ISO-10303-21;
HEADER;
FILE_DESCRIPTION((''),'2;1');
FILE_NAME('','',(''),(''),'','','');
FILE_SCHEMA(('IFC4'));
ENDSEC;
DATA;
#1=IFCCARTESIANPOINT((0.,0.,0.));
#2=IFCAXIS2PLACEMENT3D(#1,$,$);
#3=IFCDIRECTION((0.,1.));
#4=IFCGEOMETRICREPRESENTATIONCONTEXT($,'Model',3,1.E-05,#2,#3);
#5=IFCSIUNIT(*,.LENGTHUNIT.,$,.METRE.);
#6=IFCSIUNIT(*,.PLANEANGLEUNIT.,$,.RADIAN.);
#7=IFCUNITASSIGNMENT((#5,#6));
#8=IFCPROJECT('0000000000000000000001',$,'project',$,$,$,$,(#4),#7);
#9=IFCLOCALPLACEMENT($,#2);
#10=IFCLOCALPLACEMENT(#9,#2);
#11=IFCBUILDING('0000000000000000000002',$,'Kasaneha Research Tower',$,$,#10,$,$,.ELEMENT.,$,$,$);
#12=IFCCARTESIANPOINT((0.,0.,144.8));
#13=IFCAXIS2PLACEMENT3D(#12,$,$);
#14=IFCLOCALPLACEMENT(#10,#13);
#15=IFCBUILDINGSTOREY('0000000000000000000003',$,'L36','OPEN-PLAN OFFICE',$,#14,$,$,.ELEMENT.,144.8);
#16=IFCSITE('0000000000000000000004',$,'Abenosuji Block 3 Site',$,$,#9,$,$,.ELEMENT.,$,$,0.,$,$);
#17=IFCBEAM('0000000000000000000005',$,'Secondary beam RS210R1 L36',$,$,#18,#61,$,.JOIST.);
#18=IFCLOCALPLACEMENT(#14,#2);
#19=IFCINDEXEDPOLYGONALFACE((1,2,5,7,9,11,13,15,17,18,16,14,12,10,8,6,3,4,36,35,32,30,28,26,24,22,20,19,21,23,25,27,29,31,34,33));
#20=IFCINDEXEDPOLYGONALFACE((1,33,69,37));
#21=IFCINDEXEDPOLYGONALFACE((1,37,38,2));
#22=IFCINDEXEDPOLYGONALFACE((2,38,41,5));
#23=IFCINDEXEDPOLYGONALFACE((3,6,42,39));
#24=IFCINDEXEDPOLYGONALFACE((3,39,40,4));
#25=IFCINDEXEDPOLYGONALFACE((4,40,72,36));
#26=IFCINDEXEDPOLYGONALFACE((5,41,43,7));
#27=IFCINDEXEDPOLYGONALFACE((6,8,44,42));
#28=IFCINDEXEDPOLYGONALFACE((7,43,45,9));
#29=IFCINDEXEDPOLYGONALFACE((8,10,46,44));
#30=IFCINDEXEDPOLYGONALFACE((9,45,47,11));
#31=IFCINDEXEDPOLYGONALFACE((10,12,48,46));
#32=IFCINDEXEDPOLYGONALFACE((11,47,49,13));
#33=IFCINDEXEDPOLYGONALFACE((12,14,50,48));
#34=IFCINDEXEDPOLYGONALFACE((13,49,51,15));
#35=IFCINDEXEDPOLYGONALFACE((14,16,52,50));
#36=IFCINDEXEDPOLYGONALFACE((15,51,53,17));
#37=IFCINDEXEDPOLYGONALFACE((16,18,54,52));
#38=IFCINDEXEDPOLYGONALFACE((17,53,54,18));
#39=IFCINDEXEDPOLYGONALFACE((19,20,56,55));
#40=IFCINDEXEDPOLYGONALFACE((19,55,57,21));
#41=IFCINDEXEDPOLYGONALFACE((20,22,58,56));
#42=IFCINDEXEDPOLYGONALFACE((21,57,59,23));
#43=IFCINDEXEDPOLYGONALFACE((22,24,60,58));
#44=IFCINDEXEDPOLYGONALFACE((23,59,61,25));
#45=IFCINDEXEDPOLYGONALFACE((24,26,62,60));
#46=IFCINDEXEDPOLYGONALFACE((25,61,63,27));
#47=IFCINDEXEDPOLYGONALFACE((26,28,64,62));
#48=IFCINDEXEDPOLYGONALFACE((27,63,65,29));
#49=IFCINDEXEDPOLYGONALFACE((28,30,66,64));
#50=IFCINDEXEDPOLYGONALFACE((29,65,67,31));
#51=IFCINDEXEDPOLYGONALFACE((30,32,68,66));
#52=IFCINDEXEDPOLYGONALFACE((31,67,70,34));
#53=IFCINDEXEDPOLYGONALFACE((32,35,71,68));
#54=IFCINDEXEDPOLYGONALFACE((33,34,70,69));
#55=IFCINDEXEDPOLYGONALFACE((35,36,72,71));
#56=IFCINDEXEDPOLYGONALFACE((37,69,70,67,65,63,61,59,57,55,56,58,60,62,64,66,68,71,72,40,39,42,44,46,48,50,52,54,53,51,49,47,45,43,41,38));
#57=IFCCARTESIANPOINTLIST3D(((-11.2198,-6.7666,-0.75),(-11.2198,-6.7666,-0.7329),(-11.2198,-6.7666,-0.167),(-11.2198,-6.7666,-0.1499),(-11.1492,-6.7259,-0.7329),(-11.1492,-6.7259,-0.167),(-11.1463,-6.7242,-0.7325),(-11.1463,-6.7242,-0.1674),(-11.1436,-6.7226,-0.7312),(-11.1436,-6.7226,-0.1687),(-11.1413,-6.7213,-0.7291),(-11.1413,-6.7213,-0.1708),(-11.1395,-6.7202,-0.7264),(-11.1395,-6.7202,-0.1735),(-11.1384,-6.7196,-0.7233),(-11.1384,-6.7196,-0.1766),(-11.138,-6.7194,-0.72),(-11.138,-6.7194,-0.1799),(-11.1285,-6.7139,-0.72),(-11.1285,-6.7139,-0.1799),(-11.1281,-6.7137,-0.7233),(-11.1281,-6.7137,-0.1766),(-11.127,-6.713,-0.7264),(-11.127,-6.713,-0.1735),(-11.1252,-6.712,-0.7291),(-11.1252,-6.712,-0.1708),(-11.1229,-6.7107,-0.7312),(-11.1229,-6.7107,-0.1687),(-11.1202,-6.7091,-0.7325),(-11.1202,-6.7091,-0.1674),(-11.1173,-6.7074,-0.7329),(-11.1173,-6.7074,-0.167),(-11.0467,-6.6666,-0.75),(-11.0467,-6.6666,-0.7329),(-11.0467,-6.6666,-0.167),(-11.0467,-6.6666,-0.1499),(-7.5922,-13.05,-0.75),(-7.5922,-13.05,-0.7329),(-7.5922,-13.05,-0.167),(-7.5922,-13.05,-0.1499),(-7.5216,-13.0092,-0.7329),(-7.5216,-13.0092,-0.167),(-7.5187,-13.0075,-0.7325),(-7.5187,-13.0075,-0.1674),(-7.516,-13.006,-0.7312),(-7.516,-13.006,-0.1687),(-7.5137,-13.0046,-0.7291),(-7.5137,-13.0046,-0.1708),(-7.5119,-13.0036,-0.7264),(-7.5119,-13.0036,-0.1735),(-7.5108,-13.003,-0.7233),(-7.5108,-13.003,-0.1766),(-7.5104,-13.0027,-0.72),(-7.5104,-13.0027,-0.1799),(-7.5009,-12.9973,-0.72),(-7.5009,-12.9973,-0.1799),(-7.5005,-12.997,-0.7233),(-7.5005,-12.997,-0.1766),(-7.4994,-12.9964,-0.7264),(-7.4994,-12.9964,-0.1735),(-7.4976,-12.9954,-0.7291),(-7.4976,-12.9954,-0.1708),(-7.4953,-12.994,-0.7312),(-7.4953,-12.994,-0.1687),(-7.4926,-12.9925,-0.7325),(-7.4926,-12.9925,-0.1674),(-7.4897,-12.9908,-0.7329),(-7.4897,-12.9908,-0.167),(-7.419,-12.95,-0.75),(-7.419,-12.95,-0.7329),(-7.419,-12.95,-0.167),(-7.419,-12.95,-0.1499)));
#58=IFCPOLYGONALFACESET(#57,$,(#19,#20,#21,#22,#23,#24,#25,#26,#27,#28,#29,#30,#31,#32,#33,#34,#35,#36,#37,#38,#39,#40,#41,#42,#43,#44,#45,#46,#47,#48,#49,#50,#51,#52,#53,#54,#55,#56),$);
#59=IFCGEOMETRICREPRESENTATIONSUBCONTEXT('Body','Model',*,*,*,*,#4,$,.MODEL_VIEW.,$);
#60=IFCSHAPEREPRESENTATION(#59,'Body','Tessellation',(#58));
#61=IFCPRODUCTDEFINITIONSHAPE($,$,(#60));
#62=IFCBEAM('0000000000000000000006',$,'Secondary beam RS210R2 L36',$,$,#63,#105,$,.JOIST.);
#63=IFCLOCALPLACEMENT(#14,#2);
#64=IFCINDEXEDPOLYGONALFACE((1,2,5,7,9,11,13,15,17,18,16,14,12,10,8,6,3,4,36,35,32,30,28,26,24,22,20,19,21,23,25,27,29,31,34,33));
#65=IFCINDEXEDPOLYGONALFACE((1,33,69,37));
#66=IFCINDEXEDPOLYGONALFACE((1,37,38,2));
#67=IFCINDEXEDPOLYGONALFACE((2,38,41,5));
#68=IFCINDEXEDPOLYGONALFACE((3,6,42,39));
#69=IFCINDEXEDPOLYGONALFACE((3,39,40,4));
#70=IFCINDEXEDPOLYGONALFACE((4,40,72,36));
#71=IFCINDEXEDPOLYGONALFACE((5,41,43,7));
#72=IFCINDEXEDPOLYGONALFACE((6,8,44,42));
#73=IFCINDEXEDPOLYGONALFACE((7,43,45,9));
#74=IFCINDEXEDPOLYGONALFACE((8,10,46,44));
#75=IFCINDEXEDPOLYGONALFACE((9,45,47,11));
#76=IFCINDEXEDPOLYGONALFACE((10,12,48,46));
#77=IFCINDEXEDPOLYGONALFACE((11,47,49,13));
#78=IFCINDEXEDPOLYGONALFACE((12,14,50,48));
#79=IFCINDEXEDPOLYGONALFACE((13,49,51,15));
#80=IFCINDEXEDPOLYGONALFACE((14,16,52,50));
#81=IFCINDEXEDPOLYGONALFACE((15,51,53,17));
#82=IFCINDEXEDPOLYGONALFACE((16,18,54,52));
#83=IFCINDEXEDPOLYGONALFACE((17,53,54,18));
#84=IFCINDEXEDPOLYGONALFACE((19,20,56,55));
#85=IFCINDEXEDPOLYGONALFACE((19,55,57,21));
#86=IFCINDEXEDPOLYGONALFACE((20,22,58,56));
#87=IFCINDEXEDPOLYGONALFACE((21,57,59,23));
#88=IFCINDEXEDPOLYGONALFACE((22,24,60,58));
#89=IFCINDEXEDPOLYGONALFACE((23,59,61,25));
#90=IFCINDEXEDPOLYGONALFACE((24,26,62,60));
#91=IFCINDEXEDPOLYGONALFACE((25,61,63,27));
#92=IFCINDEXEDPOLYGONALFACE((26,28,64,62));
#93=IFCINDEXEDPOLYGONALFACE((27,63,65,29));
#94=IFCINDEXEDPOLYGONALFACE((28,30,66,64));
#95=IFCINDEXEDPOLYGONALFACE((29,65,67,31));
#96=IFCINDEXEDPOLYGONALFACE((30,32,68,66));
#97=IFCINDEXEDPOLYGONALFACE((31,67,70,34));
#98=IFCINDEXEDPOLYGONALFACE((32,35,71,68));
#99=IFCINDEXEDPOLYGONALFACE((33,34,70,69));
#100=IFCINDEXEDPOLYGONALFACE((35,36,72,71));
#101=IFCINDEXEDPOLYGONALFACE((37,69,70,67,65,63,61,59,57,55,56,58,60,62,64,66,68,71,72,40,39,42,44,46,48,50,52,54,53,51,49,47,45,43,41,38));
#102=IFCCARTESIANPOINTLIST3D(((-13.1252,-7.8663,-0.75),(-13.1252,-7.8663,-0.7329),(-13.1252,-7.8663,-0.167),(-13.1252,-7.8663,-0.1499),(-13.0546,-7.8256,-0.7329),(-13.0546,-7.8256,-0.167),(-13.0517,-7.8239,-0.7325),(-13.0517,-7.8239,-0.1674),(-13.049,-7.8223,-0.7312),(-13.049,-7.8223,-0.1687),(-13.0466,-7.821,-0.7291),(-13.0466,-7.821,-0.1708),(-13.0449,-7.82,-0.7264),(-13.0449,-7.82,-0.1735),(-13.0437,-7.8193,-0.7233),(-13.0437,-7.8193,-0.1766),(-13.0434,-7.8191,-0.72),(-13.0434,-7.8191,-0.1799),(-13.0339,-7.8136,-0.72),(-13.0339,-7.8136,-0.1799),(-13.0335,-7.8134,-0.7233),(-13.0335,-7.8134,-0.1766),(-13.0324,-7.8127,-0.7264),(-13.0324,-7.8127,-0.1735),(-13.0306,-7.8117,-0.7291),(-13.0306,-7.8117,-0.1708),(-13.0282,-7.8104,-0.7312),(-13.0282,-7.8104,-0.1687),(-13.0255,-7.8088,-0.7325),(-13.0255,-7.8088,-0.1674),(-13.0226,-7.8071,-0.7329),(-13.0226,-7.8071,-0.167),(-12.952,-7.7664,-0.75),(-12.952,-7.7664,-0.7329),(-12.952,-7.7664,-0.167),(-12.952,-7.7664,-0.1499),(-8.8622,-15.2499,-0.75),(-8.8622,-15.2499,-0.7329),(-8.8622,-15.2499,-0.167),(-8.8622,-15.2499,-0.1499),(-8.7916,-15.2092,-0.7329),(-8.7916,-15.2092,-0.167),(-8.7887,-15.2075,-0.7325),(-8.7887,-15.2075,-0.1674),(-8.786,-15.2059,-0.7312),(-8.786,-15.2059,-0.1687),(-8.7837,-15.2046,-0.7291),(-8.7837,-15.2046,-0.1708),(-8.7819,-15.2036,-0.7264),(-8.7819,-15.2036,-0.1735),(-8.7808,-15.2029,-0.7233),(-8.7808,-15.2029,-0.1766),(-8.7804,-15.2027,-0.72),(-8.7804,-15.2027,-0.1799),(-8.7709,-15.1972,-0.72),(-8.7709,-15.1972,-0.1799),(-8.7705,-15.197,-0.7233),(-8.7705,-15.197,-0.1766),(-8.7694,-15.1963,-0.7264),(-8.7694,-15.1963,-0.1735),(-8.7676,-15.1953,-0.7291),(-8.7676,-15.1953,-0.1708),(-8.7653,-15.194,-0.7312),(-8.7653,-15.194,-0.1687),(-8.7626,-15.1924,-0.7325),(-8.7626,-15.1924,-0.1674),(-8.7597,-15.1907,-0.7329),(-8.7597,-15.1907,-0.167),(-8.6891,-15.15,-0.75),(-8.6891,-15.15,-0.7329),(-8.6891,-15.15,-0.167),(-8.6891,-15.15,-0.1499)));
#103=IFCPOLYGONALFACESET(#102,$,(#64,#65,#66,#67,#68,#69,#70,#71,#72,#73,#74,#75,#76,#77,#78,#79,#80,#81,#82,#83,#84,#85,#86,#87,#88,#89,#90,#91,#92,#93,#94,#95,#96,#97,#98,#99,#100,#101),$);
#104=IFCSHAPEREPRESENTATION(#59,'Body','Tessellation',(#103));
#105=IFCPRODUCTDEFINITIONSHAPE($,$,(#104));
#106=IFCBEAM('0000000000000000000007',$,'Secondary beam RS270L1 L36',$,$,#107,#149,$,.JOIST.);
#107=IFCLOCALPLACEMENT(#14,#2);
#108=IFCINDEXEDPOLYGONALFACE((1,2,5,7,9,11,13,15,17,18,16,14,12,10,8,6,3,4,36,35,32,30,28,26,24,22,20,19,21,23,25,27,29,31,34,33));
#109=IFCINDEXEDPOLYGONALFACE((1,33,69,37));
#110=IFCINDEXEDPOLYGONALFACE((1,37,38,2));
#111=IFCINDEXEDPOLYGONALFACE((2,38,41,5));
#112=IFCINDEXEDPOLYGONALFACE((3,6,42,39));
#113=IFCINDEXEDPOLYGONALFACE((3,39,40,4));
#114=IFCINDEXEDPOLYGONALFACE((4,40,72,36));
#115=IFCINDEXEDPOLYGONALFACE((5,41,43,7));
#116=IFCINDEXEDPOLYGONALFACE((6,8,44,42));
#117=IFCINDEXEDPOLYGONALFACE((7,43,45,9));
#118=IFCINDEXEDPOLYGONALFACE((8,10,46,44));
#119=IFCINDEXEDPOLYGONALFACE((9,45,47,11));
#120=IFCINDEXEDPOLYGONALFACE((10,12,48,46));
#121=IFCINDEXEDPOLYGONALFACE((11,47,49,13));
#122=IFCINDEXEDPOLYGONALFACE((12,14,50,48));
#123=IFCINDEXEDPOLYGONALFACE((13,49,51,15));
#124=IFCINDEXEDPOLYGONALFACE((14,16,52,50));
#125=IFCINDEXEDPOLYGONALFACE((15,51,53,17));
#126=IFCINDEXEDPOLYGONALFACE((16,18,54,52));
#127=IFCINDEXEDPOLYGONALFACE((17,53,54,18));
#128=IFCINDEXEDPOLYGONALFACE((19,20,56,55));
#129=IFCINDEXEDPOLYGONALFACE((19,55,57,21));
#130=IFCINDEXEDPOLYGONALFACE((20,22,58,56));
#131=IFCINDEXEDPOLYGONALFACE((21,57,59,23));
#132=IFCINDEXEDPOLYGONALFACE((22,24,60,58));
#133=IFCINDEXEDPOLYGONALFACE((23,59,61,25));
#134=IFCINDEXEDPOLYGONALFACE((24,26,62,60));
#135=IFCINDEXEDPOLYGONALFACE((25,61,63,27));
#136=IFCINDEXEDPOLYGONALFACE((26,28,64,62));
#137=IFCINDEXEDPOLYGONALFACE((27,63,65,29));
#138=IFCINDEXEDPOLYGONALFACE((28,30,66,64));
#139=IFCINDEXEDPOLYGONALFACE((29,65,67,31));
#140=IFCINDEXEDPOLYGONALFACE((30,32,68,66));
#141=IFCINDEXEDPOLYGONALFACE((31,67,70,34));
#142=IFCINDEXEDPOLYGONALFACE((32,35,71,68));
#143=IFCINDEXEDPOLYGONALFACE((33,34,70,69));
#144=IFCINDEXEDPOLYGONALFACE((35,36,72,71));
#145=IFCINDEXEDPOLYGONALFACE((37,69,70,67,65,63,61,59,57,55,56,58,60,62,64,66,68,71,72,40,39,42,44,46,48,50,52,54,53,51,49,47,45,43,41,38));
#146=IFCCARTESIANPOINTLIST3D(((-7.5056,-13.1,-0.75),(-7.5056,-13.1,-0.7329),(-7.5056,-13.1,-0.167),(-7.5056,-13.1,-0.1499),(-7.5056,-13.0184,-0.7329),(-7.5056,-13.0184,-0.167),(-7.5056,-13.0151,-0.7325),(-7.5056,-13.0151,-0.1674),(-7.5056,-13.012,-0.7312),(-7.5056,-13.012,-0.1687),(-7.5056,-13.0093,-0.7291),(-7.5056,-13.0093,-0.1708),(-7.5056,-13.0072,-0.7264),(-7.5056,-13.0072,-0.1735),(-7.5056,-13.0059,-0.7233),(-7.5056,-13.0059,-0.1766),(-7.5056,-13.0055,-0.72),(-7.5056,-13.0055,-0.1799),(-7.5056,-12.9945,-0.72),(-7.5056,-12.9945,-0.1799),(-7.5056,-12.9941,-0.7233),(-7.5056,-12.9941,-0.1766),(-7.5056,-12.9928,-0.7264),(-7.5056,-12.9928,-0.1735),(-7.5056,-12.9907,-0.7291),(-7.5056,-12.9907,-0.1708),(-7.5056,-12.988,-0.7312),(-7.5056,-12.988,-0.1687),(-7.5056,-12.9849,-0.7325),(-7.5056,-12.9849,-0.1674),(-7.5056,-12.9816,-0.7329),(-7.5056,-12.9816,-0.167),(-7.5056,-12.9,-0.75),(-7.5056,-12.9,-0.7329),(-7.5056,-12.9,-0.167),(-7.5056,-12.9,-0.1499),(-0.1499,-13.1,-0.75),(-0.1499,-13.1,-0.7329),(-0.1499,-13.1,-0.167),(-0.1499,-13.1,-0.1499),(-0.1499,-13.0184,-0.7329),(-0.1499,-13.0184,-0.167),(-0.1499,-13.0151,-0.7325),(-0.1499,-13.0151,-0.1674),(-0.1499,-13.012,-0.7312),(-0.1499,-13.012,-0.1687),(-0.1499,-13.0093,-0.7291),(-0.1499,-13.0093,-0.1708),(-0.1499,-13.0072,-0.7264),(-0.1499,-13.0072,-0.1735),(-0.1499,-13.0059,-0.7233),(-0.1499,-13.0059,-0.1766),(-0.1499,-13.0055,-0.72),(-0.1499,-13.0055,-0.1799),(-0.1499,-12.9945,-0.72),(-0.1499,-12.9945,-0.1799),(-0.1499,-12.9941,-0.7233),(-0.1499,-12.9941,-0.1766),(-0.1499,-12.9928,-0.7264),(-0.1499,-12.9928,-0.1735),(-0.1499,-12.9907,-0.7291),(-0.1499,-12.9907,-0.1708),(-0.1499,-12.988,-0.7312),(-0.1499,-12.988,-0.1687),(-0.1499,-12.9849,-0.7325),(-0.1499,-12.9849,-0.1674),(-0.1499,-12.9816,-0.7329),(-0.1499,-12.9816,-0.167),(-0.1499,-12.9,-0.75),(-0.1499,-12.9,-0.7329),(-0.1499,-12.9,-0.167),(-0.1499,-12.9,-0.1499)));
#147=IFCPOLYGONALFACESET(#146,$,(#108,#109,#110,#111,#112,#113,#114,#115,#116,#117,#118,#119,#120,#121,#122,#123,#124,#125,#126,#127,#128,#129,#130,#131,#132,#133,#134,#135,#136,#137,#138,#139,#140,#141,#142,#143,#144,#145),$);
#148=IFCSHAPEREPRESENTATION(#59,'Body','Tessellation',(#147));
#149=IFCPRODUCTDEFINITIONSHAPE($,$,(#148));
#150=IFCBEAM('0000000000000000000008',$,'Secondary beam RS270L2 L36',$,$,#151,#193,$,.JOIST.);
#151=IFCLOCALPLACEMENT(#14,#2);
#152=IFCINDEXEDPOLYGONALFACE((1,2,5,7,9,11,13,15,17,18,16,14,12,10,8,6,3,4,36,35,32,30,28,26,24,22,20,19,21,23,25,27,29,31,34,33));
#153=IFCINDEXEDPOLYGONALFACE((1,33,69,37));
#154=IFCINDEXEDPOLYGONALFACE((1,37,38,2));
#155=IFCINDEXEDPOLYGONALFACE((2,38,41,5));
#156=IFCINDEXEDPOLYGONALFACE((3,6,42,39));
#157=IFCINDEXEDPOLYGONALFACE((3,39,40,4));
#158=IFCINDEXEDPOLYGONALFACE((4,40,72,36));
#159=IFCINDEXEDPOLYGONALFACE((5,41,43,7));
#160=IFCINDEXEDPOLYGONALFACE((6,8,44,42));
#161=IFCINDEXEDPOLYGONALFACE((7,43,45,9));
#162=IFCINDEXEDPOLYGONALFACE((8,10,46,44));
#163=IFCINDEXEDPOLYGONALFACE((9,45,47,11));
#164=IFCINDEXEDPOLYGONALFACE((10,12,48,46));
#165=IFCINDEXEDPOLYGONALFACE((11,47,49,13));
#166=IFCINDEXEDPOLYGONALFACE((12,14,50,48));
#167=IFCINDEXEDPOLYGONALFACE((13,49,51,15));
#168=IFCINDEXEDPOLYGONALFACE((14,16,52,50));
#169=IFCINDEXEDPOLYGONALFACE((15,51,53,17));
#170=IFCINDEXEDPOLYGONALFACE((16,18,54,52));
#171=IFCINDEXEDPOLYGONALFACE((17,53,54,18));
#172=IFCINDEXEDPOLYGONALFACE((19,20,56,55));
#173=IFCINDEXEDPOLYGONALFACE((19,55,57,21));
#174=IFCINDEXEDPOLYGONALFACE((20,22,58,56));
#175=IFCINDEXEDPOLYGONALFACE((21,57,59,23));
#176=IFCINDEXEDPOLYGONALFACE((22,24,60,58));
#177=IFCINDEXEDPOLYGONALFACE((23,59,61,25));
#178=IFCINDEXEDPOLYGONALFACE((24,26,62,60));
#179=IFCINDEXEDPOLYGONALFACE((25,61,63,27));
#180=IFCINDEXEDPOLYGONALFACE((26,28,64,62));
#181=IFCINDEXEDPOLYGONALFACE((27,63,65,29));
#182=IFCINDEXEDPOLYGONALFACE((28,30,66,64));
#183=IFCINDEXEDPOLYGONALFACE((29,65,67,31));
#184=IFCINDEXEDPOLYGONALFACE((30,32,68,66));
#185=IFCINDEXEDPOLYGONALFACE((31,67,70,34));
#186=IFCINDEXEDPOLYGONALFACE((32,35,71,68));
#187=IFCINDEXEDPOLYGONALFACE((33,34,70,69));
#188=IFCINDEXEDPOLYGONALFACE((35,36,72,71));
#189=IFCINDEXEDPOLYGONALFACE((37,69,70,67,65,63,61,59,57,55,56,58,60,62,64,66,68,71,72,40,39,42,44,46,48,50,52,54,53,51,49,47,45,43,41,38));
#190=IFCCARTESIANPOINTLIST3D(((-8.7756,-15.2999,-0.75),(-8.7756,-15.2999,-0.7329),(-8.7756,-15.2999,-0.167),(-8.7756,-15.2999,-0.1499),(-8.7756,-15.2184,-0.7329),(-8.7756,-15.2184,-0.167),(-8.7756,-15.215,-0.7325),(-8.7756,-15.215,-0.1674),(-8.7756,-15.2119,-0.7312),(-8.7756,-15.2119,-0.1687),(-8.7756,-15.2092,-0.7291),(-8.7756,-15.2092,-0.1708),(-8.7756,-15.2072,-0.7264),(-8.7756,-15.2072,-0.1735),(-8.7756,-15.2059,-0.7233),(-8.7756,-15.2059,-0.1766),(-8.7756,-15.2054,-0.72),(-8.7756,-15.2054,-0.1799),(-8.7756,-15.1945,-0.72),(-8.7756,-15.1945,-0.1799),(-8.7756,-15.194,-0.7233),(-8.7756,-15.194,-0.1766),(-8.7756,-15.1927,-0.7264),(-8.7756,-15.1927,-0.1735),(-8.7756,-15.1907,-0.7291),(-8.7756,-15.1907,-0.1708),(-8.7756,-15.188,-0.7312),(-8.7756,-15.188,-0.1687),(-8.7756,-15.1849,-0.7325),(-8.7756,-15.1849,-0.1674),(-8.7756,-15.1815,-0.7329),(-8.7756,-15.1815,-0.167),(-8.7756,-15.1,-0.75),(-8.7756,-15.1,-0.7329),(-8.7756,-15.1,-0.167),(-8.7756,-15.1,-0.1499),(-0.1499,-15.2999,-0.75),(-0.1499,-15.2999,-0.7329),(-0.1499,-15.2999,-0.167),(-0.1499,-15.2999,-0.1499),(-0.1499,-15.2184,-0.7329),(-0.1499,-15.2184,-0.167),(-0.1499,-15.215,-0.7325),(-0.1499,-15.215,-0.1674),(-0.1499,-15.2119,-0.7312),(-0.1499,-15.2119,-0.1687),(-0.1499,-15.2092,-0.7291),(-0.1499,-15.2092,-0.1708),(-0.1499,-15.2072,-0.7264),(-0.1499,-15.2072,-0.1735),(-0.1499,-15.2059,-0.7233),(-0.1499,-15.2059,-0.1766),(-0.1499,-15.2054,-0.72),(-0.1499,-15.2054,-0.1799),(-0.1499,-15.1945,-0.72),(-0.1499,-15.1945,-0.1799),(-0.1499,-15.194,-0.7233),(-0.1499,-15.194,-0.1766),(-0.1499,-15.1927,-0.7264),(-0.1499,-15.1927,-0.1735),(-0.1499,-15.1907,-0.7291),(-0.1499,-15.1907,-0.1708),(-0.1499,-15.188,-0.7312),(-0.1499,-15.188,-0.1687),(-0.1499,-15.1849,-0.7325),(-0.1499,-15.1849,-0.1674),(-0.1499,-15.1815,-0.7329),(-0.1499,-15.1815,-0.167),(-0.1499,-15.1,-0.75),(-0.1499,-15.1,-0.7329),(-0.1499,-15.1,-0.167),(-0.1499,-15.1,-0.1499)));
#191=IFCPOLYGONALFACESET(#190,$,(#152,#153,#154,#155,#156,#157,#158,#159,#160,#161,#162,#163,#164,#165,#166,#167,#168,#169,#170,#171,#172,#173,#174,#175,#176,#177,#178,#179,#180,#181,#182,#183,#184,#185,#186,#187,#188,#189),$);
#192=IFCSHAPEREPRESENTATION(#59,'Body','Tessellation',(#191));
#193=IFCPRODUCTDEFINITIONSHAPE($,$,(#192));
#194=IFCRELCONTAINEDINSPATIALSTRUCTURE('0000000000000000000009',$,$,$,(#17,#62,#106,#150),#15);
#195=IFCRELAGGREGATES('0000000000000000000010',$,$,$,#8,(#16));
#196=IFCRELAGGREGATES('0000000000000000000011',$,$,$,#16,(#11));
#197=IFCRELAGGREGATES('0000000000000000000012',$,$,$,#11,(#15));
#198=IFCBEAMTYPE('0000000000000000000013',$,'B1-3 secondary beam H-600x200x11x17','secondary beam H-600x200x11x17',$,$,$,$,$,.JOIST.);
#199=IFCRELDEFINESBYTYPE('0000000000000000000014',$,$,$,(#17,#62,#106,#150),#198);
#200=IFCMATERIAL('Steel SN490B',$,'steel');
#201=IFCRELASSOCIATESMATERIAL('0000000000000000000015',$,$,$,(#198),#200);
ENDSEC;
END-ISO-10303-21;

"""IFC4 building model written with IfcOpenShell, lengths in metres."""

from ifc_helpers import new_model, si_unit, direction, frame, origin, origin_2d, place, context, subcontext, project, spatial, i_section, extrude, material, material_profile, profile_set, type_object, element, save


model = new_model("IFC4")

# Units and contexts
model_context = context("Model", 3, precision=1e-05, world=origin(), true_north=direction((0.0, 1.0)))
body_context = subcontext(model_context, "Body", "Model", "MODEL_VIEW")
ifc_project = project(units=[si_unit("LENGTHUNIT", "METRE"), si_unit("PLANEANGLEUNIT", "RADIAN")], contexts=[model_context])

# Site, building, storey
site_placement = place(None, origin())
site = spatial("IfcSite", under=ifc_project, at=site_placement, Name="Abenosuji Block 3 Site", CompositionType="ELEMENT", RefElevation=0.0)
building_placement = place(site_placement, origin())
building = spatial("IfcBuilding", under=site, at=building_placement, Name="Kasaneha Research Tower", CompositionType="ELEMENT")
storey_placement = place(building_placement, frame((0.0, 0.0, 144.8)))
storey = spatial("IfcBuildingStorey", under=building, at=storey_placement, Name="L36", Description="OPEN-PLAN OFFICE", CompositionType="ELEMENT", Elevation=144.8)

# Beams
ifc_material_1 = material(Name="Steel SN490B", Category="steel")
ifc_material_profile_1 = material_profile(ifc_material_1, i_section(OverallWidth=0.2, OverallDepth=0.6001, WebThickness=0.011, FlangeThickness=0.0171, FilletRadius=0.0129, at=origin_2d()), Name="H-600x200x11x17")
ifc_profile_set_1 = profile_set([ifc_material_profile_1], Name="Steel SN490B")
beam_type_1 = type_object("IfcBeamType", Name="B1-3 secondary beam H-600x200x11x17", Description="secondary beam H-600x200x11x17", PredefinedType="JOIST", material=ifc_profile_set_1)
beam_1_placement = place(storey_placement, frame((-7.5056, -13.0, -0.45), z_axis=(-0.499993, 0.866029, 0.0), x_axis=(-0.866029, -0.499993, 0.0)))
element("IfcBeam", 1, at=beam_1_placement, inside=storey, type_object=beam_type_1, Name="Secondary beam RS210R1 L36", PredefinedType="JOIST", context=body_context, shape_type="SweptSolid", body=[
    extrude(i_section(OverallWidth=0.2, OverallDepth=0.6001, WebThickness=0.011, FlangeThickness=0.0171, FilletRadius=0.0129, at=origin_2d()), origin(), (0.0, 0.0, 1.0), 7.2554),
])
beam_2_placement = place(storey_placement, frame((-8.7756, -15.2, -0.45), z_axis=(-0.500004, 0.866023, 0.0), x_axis=(-0.866023, -0.500004, 0.0)))
element("IfcBeam", 2, at=beam_2_placement, inside=storey, type_object=beam_type_1, Name="Secondary beam RS210R2 L36", PredefinedType="JOIST", context=body_context, shape_type="SweptSolid", body=[
    extrude(i_section(OverallWidth=0.2, OverallDepth=0.6001, WebThickness=0.011, FlangeThickness=0.0171, FilletRadius=0.0129, at=origin_2d()), origin(), (0.0, 0.0, 1.0), 8.5259),
])
beam_3_placement = place(storey_placement, frame((-7.5056, -13.0, -0.45), z_axis=(1.0, 0.0, 0.0), x_axis=(0.0, 1.0, 0.0)))
element("IfcBeam", 3, at=beam_3_placement, inside=storey, type_object=beam_type_1, Name="Secondary beam RS270L1 L36", PredefinedType="JOIST", context=body_context, shape_type="SweptSolid", body=[
    extrude(i_section(OverallWidth=0.2, OverallDepth=0.6001, WebThickness=0.011, FlangeThickness=0.0171, FilletRadius=0.0129, at=origin_2d()), origin(), (0.0, 0.0, 1.0), 7.3557),
])
beam_4_placement = place(storey_placement, frame((-8.7756, -15.2, -0.45), z_axis=(1.0, 0.0, 0.0), x_axis=(0.0, 1.0, 0.0)))
element("IfcBeam", 4, at=beam_4_placement, inside=storey, type_object=beam_type_1, Name="Secondary beam RS270L2 L36", PredefinedType="JOIST", context=body_context, shape_type="SweptSolid", body=[
    extrude(i_section(OverallWidth=0.2, OverallDepth=0.6001, WebThickness=0.011, FlangeThickness=0.0171, FilletRadius=0.0129, at=origin_2d()), origin(), (0.0, 0.0, 1.0), 8.6257),
])

save(model, "model.ifc")
